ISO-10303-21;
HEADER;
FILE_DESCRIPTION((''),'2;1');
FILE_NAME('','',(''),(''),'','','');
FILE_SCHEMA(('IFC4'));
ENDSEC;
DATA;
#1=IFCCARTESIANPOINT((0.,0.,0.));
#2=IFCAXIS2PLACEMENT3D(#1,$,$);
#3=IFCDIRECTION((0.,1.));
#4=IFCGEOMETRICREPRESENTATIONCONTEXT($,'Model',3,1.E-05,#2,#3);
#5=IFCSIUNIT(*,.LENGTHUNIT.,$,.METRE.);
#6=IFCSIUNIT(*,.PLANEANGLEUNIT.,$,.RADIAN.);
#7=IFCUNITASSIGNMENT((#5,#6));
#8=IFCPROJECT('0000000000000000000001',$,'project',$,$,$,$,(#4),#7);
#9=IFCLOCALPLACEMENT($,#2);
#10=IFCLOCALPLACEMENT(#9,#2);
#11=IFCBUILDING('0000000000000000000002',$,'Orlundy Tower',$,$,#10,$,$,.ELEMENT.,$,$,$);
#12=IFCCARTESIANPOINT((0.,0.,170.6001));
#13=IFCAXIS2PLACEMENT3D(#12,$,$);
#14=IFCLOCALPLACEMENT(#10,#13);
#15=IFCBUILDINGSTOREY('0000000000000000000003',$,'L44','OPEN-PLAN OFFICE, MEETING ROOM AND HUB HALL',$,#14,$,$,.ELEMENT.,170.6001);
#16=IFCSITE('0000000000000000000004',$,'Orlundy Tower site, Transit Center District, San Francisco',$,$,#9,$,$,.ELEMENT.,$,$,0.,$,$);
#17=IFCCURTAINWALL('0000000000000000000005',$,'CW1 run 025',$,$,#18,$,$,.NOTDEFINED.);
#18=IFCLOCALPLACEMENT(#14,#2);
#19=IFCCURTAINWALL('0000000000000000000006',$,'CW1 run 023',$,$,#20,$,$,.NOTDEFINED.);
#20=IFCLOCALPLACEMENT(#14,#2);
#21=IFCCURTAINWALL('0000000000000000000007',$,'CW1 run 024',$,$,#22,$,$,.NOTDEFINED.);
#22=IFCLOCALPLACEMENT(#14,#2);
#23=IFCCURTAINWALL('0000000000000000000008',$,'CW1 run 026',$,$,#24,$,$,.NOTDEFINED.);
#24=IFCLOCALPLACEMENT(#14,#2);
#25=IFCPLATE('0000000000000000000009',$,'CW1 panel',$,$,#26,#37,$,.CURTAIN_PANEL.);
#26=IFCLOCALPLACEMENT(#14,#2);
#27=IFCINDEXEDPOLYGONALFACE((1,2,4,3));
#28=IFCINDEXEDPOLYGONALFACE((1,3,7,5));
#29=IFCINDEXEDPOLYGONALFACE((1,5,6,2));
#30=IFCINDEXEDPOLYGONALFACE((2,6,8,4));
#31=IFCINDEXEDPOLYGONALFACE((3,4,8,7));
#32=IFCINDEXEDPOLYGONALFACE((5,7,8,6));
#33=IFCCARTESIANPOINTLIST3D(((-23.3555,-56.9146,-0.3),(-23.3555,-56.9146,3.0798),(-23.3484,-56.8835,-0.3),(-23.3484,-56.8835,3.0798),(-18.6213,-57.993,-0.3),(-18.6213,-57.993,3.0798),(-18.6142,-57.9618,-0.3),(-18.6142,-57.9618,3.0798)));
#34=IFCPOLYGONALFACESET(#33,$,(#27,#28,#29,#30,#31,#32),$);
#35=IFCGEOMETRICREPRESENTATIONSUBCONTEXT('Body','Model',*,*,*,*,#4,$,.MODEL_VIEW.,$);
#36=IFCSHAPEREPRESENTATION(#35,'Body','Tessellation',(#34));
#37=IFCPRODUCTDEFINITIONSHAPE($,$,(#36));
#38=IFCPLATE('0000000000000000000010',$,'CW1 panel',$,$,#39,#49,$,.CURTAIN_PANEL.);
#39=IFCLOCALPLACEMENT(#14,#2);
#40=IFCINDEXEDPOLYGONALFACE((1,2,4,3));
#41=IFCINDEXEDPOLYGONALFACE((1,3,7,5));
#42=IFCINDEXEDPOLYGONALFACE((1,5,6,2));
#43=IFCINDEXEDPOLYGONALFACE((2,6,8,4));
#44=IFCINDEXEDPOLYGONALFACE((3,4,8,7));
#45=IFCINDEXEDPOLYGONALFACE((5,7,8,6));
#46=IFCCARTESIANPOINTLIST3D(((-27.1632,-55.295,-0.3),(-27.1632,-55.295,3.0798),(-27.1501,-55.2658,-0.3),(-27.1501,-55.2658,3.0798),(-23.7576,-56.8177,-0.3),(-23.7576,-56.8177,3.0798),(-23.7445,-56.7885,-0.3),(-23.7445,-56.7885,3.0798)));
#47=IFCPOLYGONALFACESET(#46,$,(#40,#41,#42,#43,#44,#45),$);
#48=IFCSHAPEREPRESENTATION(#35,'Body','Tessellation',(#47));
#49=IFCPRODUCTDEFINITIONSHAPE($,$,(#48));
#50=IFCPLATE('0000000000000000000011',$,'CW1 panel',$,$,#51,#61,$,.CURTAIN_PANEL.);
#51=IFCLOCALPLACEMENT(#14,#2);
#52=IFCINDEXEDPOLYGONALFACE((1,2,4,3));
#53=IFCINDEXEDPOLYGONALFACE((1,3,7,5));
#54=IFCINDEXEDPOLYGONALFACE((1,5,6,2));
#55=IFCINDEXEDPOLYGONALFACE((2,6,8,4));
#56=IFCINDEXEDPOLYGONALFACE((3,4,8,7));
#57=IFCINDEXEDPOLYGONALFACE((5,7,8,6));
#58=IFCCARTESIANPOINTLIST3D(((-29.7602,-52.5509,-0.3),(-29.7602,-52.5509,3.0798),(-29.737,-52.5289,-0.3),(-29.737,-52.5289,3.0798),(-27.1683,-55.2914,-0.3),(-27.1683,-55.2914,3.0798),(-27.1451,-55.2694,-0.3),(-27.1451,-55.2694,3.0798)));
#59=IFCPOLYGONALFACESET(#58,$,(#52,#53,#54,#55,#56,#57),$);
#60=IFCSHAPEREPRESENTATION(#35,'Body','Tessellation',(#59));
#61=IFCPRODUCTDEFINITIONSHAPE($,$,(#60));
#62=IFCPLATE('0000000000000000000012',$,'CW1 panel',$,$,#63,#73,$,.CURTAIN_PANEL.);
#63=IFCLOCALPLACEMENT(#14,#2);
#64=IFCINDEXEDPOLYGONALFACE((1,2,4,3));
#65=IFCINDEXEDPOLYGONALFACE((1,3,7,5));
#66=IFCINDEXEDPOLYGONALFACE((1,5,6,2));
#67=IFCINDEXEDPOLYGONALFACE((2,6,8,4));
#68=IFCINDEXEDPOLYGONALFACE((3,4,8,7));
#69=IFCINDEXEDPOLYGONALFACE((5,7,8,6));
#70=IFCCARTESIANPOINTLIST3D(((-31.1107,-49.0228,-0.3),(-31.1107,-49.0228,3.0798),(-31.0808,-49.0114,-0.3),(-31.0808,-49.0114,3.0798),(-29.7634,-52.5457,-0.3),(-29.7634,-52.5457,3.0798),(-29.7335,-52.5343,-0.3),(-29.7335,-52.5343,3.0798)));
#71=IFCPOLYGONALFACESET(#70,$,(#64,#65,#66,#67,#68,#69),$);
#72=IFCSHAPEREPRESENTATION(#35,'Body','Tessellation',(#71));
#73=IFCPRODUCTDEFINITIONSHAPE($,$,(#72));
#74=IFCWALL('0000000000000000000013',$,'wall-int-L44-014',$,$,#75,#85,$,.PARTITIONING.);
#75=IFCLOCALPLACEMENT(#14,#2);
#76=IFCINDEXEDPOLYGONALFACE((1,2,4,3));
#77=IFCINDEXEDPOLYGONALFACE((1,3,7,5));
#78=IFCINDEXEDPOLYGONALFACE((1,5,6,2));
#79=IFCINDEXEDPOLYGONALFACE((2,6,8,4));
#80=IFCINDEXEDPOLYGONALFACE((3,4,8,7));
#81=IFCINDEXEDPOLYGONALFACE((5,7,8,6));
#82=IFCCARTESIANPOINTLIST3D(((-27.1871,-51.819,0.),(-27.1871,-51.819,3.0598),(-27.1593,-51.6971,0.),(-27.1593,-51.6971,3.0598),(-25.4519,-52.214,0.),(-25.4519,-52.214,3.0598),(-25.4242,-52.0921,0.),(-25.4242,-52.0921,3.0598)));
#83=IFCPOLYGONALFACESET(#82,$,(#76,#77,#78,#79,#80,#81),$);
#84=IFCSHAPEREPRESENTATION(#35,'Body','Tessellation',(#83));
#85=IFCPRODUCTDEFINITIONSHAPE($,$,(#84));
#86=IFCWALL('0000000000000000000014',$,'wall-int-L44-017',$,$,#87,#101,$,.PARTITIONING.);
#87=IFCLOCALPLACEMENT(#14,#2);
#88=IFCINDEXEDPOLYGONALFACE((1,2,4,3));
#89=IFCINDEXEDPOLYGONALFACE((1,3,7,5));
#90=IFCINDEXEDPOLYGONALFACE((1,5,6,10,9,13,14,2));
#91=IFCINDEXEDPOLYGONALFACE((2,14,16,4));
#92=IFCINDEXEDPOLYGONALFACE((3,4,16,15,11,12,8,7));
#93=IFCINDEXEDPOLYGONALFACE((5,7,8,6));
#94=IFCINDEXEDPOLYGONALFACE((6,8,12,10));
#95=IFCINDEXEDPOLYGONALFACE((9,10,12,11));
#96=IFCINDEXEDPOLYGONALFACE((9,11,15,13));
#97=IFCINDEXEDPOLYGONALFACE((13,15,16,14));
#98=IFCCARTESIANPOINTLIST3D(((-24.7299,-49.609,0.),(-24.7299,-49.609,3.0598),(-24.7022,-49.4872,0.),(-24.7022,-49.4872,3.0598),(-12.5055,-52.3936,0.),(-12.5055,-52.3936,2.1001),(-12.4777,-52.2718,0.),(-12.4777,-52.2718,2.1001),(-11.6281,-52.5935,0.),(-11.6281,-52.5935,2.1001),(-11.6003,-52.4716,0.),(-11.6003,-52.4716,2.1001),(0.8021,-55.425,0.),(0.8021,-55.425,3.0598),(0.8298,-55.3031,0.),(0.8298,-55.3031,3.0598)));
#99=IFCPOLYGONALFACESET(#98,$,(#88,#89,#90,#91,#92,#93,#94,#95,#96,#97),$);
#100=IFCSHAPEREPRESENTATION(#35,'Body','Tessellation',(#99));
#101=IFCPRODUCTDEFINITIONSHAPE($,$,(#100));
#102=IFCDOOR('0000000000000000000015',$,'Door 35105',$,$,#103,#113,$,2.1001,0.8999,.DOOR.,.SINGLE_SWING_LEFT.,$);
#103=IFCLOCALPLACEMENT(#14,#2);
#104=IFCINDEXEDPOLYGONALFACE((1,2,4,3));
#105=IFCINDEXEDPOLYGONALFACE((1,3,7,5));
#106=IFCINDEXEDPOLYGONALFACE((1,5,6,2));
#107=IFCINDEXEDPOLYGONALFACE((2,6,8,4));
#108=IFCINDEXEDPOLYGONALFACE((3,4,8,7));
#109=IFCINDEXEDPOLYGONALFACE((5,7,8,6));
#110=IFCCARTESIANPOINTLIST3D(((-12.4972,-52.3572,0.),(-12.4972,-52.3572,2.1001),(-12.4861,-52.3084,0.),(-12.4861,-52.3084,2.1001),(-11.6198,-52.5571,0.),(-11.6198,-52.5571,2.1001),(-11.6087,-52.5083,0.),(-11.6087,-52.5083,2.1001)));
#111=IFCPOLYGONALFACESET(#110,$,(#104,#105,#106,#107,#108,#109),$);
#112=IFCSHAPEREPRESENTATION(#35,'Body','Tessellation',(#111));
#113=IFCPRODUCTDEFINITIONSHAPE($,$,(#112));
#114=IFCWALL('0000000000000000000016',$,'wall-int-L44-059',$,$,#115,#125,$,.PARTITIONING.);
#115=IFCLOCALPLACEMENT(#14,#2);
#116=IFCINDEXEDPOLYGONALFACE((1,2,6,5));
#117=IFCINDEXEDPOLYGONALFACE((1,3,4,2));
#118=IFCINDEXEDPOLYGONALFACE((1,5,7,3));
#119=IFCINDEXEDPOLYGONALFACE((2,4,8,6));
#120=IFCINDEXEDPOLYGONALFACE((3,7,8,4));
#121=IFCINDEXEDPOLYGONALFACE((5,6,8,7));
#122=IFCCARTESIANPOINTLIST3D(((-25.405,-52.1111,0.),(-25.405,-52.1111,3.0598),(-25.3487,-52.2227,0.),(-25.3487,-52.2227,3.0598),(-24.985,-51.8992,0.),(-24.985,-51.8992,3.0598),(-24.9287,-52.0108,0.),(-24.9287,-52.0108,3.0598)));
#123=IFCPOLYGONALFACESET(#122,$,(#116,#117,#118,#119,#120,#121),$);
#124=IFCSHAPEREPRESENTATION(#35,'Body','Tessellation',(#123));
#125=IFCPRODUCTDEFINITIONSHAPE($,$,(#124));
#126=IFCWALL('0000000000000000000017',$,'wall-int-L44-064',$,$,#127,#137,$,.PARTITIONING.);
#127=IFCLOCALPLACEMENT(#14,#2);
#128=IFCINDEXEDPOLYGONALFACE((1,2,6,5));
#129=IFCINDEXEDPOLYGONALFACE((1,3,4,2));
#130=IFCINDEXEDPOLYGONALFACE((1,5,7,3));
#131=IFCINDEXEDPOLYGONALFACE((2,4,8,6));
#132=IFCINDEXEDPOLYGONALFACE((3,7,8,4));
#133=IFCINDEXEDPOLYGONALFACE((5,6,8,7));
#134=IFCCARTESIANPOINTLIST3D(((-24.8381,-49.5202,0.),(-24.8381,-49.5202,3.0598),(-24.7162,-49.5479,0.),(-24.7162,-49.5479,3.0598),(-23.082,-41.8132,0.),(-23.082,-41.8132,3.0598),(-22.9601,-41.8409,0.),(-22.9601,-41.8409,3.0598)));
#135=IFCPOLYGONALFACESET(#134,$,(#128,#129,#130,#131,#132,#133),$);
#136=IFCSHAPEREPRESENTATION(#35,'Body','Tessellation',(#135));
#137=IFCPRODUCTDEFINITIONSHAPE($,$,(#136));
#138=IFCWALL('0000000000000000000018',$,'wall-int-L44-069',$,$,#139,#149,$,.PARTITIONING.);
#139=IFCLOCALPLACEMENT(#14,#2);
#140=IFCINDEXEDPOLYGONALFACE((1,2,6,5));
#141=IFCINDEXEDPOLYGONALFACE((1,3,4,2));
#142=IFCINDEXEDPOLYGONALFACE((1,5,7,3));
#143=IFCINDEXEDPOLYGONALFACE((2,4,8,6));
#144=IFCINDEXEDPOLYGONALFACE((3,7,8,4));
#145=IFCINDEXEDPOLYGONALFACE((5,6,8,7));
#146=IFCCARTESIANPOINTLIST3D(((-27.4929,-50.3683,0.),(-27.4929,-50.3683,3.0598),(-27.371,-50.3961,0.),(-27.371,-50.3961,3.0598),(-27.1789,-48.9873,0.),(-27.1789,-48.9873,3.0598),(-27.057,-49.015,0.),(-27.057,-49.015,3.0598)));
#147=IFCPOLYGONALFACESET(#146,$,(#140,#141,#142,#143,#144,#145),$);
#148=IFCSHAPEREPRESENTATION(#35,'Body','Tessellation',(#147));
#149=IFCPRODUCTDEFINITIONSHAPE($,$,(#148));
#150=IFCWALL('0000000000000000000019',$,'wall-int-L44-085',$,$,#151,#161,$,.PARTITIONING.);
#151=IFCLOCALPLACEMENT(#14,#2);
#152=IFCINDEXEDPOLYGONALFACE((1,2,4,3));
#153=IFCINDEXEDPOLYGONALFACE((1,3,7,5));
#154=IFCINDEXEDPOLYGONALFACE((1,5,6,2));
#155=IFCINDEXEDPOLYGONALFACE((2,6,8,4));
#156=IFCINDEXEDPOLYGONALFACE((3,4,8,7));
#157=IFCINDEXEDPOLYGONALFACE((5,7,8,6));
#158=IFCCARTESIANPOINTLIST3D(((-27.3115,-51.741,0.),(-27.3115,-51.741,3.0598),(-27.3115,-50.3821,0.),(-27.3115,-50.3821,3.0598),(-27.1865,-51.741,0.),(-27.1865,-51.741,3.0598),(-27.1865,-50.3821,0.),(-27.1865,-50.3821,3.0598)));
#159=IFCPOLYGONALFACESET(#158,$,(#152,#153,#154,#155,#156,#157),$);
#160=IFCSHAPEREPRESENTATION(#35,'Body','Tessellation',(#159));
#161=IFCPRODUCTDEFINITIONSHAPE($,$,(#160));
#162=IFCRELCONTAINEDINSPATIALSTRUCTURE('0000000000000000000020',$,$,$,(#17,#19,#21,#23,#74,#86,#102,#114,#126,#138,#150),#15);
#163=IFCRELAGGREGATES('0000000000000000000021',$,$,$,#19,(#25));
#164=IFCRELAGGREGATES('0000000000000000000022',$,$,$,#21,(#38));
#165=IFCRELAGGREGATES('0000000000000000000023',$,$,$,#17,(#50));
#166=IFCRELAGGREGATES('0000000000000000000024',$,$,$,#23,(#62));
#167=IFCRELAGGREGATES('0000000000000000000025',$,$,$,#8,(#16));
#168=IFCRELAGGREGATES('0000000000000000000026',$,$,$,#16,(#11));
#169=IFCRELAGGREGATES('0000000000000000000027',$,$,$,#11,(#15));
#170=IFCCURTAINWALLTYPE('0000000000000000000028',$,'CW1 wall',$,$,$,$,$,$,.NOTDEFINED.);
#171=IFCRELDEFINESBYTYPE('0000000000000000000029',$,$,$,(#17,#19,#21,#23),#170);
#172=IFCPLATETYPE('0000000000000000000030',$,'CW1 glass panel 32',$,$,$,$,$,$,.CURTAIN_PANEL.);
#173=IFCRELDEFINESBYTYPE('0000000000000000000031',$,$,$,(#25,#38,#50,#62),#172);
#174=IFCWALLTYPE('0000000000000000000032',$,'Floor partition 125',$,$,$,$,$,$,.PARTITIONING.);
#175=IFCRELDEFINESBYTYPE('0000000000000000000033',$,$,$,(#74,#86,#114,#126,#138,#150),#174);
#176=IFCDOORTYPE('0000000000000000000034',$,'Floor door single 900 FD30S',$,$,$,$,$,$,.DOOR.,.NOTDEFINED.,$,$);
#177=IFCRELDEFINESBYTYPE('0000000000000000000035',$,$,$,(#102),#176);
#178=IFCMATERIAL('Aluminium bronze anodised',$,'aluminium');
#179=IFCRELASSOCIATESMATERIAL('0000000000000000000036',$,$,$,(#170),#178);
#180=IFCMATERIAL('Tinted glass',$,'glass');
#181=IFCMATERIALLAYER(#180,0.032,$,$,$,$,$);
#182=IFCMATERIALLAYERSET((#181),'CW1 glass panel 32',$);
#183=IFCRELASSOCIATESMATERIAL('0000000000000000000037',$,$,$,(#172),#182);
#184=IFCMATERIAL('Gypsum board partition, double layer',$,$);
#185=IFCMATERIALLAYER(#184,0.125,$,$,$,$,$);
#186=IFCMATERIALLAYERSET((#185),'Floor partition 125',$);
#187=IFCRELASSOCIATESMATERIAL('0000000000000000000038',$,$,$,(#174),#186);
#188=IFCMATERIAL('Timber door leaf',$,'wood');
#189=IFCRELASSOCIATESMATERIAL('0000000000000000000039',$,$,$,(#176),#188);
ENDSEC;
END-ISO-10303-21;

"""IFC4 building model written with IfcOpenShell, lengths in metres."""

from ifc_helpers import new_model, si_unit, direction, frame, frame_2d, origin, origin_2d, place, context, subcontext, project, spatial, rectangle, extrude, material, layer, layer_set, type_object, element, fill, aggregate, save


model = new_model("IFC4")

# Units and contexts
model_context = context("Model", 3, precision=1e-05, world=origin(), true_north=direction((0.0, 1.0)))
body_context = subcontext(model_context, "Body", "Model", "MODEL_VIEW")
ifc_project = project(units=[si_unit("LENGTHUNIT", "METRE"), si_unit("PLANEANGLEUNIT", "RADIAN")], contexts=[model_context])

# Site, building, storey
site_placement = place(None, origin())
site = spatial("IfcSite", under=ifc_project, at=site_placement, Name="Orlundy Tower site, Transit Center District, San Francisco", CompositionType="ELEMENT", RefElevation=0.0)
building_placement = place(site_placement, origin())
building = spatial("IfcBuilding", under=site, at=building_placement, Name="Orlundy Tower", CompositionType="ELEMENT")
storey_placement = place(building_placement, frame((0.0, 0.0, 170.6001)))
storey = spatial("IfcBuildingStorey", under=building, at=storey_placement, Name="L44", Description="OPEN-PLAN OFFICE, MEETING ROOM AND HUB HALL", CompositionType="ELEMENT", Elevation=170.6001)

# Curtain wall
ifc_material_1 = material(Name="Aluminium bronze anodised", Category="aluminium")
curtain_wall_type = type_object("IfcCurtainWallType", Name="CW1 wall", PredefinedType="NOTDEFINED", material=ifc_material_1)
curtain_wall_1_placement = place(storey_placement, origin())
curtain_wall_1 = element("IfcCurtainWall", 1, at=curtain_wall_1_placement, inside=storey, type_object=curtain_wall_type, Name="CW1 run 025", PredefinedType="NOTDEFINED")

# Curtain walls
curtain_wall_2_placement = place(storey_placement, origin())
curtain_wall_2 = element("IfcCurtainWall", 2, at=curtain_wall_2_placement, inside=storey, type_object=curtain_wall_type, Name="CW1 run 023", PredefinedType="NOTDEFINED")
curtain_wall_3_placement = place(storey_placement, origin())
curtain_wall_3 = element("IfcCurtainWall", 3, at=curtain_wall_3_placement, inside=storey, type_object=curtain_wall_type, Name="CW1 run 024", PredefinedType="NOTDEFINED")

# Curtain wall
curtain_wall_4_placement = place(storey_placement, origin())
curtain_wall_4 = element("IfcCurtainWall", 4, at=curtain_wall_4_placement, inside=storey, type_object=curtain_wall_type, Name="CW1 run 026", PredefinedType="NOTDEFINED")

# Plates
ifc_material_2 = material(Name="Tinted glass", Category="glass")
ifc_layer_1 = layer(ifc_material_2, 0.032)
ifc_layer_set_1 = layer_set([ifc_layer_1], Name="CW1 glass panel 32")
plate_type = type_object("IfcPlateType", Name="CW1 glass panel 32", PredefinedType="CURTAIN_PANEL", material=ifc_layer_set_1)
plate_1_placement = place(storey_placement, frame((-20.9849, -57.4382, -0.3), z_axis=(0.0, 0.0, 1.0), x_axis=(-0.975026, 0.22209, 0.0)))
plate_1 = element("IfcPlate", 5, at=plate_1_placement, type_object=plate_type, Name="CW1 panel", PredefinedType="CURTAIN_PANEL", context=body_context, shape_type="SweptSolid", body=[
    extrude(rectangle(XDim=4.8555, YDim=0.032, at=origin_2d()), origin(), (0.0, 0.0, 1.0), 3.3799),
])
aggregate(curtain_wall_2, [plate_1])
plate_2_placement = place(storey_placement, frame((-25.4539, -56.0417, -0.3), z_axis=(0.0, 0.0, 1.0), x_axis=(-0.912908, 0.408165, 0.0)))
plate_2 = element("IfcPlate", 6, at=plate_2_placement, type_object=plate_type, Name="CW1 panel", PredefinedType="CURTAIN_PANEL", context=body_context, shape_type="SweptSolid", body=[
    extrude(rectangle(XDim=3.7305, YDim=0.032, at=origin_2d()), origin(), (0.0, 0.0, 1.0), 3.3799),
])
aggregate(curtain_wall_3, [plate_2])
plate_3_placement = place(storey_placement, frame((-28.4526, -53.9102, -0.3), z_axis=(0.0, 0.0, 1.0), x_axis=(-0.687138, 0.726527, 0.0)))
plate_3 = element("IfcPlate", 7, at=plate_3_placement, type_object=plate_type, Name="CW1 panel", PredefinedType="CURTAIN_PANEL", context=body_context, shape_type="SweptSolid", body=[
    extrude(rectangle(XDim=3.772, YDim=0.032, at=origin_2d()), origin(), (0.0, 0.0, 1.0), 3.3799),
])
aggregate(curtain_wall_1, [plate_3])
plate_4_placement = place(storey_placement, frame((-30.4221, -50.7786, -0.3), z_axis=(0.0, 0.0, 1.0), x_axis=(-0.357207, 0.934025, 0.0)))
plate_4 = element("IfcPlate", 8, at=plate_4_placement, type_object=plate_type, Name="CW1 panel", PredefinedType="CURTAIN_PANEL", context=body_context, shape_type="SweptSolid", body=[
    extrude(rectangle(XDim=3.7717, YDim=0.032, at=origin_2d()), origin(), (0.0, 0.0, 1.0), 3.3799),
])
aggregate(curtain_wall_4, [plate_4])

# Wall
ifc_material_3 = material(Name="Gypsum board partition, double layer")
ifc_layer_2 = layer(ifc_material_3, 0.125)
ifc_layer_set_2 = layer_set([ifc_layer_2], Name="Floor partition 125")
wall_type = type_object("IfcWallType", Name="Floor partition 125", PredefinedType="PARTITIONING", material=ifc_layer_set_2)
wall_1_placement = place(storey_placement, frame((-27.1731, -51.7581, 0.0), z_axis=(0.0, 0.0, 1.0), x_axis=(0.975051, -0.221983, 0.0)))
element("IfcWall", 9, at=wall_1_placement, inside=storey, type_object=wall_type, Name="wall-int-L44-014", PredefinedType="PARTITIONING", context=body_context, shape_type="SweptSolid", body=[
    extrude(rectangle(XDim=1.7795, YDim=0.125, at=frame_2d((0.8896, 0.0))), origin(), (0.0, 0.0, 1.0), 3.0598),
])

# Wall, opening, door
wall_2_placement = place(storey_placement, frame((-24.7161, -49.5481, 0.0), z_axis=(0.0, 0.0, 1.0), x_axis=(0.975024, -0.2221, 0.0)))
wall_2 = element("IfcWall", 10, at=wall_2_placement, inside=storey, type_object=wall_type, Name="wall-int-L44-017", PredefinedType="PARTITIONING", context=body_context, shape_type="SweptSolid", body=[
    extrude(rectangle(XDim=26.186, YDim=0.125, at=frame_2d((13.093, 0.0))), origin(), (0.0, 0.0, 1.0), 3.0598),
])
opening_placement = place(wall_2_placement, frame((12.5376, 0.0, 0.0)))
opening = element("IfcOpeningElement", 11, at=opening_placement, cuts=wall_2, PredefinedType="OPENING", context=body_context, shape_type="SweptSolid", body=[
    extrude(rectangle(XDim=0.8999, YDim=2.1001, at=frame_2d((0.45, 1.05))), frame((0.0, 0.0725, 0.0), z_axis=(0.0, -1.0, 0.0), x_axis=(1.0, 0.0, 0.0)), (0.0, 0.0, 1.0), 0.145),
])
ifc_material_4 = material(Name="Timber door leaf", Category="wood")
door_type = type_object("IfcDoorType", Name="Floor door single 900 FD30S", OperationType="NOTDEFINED", PredefinedType="DOOR", material=ifc_material_4)
door_placement = place(opening_placement, origin())
door = element("IfcDoor", 12, at=door_placement, inside=storey, type_object=door_type, Name="Door 35105", OperationType="SINGLE_SWING_LEFT", OverallHeight=2.1001, OverallWidth=0.8999, PredefinedType="DOOR", context=body_context, shape_type="SweptSolid", body=[
    extrude(rectangle(XDim=0.8999, YDim=2.1001, at=frame_2d((0.45, 1.05))), frame((0.0, 0.0249, 0.0), z_axis=(0.0, -1.0, 0.0), x_axis=(1.0, 0.0, 0.0)), (0.0, 0.0, 1.0), 0.05),
])
fill(opening, door)

# Walls
wall_3_placement = place(storey_placement, frame((-25.377, -52.167, 0.0), z_axis=(0.0, 0.0, 1.0), x_axis=(0.89276, 0.450532, 0.0)))
element("IfcWall", 13, at=wall_3_placement, inside=storey, type_object=wall_type, Name="wall-int-L44-059", PredefinedType="PARTITIONING", context=body_context, shape_type="SweptSolid", body=[
    extrude(rectangle(XDim=0.4705, YDim=0.125, at=frame_2d((0.2354, 0.0))), origin(), (0.0, 0.0, 1.0), 3.0598),
])
wall_4_placement = place(storey_placement, frame((-24.7771, -49.5339, 0.0), z_axis=(0.0, 0.0, 1.0), x_axis=(0.222163, 0.97501, 0.0)))
element("IfcWall", 14, at=wall_4_placement, inside=storey, type_object=wall_type, Name="wall-int-L44-064", PredefinedType="PARTITIONING", context=body_context, shape_type="SweptSolid", body=[
    extrude(rectangle(XDim=7.9045, YDim=0.125, at=frame_2d((3.9521, 0.0))), origin(), (0.0, 0.0, 1.0), 3.0598),
])
wall_5_placement = place(storey_placement, frame((-27.4319, -50.3821, 0.0), z_axis=(0.0, 0.0, 1.0), x_axis=(0.221673, 0.975121, 0.0)))
element("IfcWall", 15, at=wall_5_placement, inside=storey, type_object=wall_type, Name="wall-int-L44-069", PredefinedType="PARTITIONING", context=body_context, shape_type="SweptSolid", body=[
    extrude(rectangle(XDim=1.4163, YDim=0.125, at=frame_2d((0.708, 0.0))), origin(), (0.0, 0.0, 1.0), 3.0598),
])
wall_6_placement = place(storey_placement, frame((-27.249, -51.741, 0.0), z_axis=(0.0, 0.0, 1.0), x_axis=(0.0, 1.0, 0.0)))
element("IfcWall", 16, at=wall_6_placement, inside=storey, type_object=wall_type, Name="wall-int-L44-085", PredefinedType="PARTITIONING", context=body_context, shape_type="SweptSolid", body=[
    extrude(rectangle(XDim=1.3589, YDim=0.125, at=frame_2d((0.6794, 0.0))), origin(), (0.0, 0.0, 1.0), 3.0598),
])

save(model, "model.ifc")
